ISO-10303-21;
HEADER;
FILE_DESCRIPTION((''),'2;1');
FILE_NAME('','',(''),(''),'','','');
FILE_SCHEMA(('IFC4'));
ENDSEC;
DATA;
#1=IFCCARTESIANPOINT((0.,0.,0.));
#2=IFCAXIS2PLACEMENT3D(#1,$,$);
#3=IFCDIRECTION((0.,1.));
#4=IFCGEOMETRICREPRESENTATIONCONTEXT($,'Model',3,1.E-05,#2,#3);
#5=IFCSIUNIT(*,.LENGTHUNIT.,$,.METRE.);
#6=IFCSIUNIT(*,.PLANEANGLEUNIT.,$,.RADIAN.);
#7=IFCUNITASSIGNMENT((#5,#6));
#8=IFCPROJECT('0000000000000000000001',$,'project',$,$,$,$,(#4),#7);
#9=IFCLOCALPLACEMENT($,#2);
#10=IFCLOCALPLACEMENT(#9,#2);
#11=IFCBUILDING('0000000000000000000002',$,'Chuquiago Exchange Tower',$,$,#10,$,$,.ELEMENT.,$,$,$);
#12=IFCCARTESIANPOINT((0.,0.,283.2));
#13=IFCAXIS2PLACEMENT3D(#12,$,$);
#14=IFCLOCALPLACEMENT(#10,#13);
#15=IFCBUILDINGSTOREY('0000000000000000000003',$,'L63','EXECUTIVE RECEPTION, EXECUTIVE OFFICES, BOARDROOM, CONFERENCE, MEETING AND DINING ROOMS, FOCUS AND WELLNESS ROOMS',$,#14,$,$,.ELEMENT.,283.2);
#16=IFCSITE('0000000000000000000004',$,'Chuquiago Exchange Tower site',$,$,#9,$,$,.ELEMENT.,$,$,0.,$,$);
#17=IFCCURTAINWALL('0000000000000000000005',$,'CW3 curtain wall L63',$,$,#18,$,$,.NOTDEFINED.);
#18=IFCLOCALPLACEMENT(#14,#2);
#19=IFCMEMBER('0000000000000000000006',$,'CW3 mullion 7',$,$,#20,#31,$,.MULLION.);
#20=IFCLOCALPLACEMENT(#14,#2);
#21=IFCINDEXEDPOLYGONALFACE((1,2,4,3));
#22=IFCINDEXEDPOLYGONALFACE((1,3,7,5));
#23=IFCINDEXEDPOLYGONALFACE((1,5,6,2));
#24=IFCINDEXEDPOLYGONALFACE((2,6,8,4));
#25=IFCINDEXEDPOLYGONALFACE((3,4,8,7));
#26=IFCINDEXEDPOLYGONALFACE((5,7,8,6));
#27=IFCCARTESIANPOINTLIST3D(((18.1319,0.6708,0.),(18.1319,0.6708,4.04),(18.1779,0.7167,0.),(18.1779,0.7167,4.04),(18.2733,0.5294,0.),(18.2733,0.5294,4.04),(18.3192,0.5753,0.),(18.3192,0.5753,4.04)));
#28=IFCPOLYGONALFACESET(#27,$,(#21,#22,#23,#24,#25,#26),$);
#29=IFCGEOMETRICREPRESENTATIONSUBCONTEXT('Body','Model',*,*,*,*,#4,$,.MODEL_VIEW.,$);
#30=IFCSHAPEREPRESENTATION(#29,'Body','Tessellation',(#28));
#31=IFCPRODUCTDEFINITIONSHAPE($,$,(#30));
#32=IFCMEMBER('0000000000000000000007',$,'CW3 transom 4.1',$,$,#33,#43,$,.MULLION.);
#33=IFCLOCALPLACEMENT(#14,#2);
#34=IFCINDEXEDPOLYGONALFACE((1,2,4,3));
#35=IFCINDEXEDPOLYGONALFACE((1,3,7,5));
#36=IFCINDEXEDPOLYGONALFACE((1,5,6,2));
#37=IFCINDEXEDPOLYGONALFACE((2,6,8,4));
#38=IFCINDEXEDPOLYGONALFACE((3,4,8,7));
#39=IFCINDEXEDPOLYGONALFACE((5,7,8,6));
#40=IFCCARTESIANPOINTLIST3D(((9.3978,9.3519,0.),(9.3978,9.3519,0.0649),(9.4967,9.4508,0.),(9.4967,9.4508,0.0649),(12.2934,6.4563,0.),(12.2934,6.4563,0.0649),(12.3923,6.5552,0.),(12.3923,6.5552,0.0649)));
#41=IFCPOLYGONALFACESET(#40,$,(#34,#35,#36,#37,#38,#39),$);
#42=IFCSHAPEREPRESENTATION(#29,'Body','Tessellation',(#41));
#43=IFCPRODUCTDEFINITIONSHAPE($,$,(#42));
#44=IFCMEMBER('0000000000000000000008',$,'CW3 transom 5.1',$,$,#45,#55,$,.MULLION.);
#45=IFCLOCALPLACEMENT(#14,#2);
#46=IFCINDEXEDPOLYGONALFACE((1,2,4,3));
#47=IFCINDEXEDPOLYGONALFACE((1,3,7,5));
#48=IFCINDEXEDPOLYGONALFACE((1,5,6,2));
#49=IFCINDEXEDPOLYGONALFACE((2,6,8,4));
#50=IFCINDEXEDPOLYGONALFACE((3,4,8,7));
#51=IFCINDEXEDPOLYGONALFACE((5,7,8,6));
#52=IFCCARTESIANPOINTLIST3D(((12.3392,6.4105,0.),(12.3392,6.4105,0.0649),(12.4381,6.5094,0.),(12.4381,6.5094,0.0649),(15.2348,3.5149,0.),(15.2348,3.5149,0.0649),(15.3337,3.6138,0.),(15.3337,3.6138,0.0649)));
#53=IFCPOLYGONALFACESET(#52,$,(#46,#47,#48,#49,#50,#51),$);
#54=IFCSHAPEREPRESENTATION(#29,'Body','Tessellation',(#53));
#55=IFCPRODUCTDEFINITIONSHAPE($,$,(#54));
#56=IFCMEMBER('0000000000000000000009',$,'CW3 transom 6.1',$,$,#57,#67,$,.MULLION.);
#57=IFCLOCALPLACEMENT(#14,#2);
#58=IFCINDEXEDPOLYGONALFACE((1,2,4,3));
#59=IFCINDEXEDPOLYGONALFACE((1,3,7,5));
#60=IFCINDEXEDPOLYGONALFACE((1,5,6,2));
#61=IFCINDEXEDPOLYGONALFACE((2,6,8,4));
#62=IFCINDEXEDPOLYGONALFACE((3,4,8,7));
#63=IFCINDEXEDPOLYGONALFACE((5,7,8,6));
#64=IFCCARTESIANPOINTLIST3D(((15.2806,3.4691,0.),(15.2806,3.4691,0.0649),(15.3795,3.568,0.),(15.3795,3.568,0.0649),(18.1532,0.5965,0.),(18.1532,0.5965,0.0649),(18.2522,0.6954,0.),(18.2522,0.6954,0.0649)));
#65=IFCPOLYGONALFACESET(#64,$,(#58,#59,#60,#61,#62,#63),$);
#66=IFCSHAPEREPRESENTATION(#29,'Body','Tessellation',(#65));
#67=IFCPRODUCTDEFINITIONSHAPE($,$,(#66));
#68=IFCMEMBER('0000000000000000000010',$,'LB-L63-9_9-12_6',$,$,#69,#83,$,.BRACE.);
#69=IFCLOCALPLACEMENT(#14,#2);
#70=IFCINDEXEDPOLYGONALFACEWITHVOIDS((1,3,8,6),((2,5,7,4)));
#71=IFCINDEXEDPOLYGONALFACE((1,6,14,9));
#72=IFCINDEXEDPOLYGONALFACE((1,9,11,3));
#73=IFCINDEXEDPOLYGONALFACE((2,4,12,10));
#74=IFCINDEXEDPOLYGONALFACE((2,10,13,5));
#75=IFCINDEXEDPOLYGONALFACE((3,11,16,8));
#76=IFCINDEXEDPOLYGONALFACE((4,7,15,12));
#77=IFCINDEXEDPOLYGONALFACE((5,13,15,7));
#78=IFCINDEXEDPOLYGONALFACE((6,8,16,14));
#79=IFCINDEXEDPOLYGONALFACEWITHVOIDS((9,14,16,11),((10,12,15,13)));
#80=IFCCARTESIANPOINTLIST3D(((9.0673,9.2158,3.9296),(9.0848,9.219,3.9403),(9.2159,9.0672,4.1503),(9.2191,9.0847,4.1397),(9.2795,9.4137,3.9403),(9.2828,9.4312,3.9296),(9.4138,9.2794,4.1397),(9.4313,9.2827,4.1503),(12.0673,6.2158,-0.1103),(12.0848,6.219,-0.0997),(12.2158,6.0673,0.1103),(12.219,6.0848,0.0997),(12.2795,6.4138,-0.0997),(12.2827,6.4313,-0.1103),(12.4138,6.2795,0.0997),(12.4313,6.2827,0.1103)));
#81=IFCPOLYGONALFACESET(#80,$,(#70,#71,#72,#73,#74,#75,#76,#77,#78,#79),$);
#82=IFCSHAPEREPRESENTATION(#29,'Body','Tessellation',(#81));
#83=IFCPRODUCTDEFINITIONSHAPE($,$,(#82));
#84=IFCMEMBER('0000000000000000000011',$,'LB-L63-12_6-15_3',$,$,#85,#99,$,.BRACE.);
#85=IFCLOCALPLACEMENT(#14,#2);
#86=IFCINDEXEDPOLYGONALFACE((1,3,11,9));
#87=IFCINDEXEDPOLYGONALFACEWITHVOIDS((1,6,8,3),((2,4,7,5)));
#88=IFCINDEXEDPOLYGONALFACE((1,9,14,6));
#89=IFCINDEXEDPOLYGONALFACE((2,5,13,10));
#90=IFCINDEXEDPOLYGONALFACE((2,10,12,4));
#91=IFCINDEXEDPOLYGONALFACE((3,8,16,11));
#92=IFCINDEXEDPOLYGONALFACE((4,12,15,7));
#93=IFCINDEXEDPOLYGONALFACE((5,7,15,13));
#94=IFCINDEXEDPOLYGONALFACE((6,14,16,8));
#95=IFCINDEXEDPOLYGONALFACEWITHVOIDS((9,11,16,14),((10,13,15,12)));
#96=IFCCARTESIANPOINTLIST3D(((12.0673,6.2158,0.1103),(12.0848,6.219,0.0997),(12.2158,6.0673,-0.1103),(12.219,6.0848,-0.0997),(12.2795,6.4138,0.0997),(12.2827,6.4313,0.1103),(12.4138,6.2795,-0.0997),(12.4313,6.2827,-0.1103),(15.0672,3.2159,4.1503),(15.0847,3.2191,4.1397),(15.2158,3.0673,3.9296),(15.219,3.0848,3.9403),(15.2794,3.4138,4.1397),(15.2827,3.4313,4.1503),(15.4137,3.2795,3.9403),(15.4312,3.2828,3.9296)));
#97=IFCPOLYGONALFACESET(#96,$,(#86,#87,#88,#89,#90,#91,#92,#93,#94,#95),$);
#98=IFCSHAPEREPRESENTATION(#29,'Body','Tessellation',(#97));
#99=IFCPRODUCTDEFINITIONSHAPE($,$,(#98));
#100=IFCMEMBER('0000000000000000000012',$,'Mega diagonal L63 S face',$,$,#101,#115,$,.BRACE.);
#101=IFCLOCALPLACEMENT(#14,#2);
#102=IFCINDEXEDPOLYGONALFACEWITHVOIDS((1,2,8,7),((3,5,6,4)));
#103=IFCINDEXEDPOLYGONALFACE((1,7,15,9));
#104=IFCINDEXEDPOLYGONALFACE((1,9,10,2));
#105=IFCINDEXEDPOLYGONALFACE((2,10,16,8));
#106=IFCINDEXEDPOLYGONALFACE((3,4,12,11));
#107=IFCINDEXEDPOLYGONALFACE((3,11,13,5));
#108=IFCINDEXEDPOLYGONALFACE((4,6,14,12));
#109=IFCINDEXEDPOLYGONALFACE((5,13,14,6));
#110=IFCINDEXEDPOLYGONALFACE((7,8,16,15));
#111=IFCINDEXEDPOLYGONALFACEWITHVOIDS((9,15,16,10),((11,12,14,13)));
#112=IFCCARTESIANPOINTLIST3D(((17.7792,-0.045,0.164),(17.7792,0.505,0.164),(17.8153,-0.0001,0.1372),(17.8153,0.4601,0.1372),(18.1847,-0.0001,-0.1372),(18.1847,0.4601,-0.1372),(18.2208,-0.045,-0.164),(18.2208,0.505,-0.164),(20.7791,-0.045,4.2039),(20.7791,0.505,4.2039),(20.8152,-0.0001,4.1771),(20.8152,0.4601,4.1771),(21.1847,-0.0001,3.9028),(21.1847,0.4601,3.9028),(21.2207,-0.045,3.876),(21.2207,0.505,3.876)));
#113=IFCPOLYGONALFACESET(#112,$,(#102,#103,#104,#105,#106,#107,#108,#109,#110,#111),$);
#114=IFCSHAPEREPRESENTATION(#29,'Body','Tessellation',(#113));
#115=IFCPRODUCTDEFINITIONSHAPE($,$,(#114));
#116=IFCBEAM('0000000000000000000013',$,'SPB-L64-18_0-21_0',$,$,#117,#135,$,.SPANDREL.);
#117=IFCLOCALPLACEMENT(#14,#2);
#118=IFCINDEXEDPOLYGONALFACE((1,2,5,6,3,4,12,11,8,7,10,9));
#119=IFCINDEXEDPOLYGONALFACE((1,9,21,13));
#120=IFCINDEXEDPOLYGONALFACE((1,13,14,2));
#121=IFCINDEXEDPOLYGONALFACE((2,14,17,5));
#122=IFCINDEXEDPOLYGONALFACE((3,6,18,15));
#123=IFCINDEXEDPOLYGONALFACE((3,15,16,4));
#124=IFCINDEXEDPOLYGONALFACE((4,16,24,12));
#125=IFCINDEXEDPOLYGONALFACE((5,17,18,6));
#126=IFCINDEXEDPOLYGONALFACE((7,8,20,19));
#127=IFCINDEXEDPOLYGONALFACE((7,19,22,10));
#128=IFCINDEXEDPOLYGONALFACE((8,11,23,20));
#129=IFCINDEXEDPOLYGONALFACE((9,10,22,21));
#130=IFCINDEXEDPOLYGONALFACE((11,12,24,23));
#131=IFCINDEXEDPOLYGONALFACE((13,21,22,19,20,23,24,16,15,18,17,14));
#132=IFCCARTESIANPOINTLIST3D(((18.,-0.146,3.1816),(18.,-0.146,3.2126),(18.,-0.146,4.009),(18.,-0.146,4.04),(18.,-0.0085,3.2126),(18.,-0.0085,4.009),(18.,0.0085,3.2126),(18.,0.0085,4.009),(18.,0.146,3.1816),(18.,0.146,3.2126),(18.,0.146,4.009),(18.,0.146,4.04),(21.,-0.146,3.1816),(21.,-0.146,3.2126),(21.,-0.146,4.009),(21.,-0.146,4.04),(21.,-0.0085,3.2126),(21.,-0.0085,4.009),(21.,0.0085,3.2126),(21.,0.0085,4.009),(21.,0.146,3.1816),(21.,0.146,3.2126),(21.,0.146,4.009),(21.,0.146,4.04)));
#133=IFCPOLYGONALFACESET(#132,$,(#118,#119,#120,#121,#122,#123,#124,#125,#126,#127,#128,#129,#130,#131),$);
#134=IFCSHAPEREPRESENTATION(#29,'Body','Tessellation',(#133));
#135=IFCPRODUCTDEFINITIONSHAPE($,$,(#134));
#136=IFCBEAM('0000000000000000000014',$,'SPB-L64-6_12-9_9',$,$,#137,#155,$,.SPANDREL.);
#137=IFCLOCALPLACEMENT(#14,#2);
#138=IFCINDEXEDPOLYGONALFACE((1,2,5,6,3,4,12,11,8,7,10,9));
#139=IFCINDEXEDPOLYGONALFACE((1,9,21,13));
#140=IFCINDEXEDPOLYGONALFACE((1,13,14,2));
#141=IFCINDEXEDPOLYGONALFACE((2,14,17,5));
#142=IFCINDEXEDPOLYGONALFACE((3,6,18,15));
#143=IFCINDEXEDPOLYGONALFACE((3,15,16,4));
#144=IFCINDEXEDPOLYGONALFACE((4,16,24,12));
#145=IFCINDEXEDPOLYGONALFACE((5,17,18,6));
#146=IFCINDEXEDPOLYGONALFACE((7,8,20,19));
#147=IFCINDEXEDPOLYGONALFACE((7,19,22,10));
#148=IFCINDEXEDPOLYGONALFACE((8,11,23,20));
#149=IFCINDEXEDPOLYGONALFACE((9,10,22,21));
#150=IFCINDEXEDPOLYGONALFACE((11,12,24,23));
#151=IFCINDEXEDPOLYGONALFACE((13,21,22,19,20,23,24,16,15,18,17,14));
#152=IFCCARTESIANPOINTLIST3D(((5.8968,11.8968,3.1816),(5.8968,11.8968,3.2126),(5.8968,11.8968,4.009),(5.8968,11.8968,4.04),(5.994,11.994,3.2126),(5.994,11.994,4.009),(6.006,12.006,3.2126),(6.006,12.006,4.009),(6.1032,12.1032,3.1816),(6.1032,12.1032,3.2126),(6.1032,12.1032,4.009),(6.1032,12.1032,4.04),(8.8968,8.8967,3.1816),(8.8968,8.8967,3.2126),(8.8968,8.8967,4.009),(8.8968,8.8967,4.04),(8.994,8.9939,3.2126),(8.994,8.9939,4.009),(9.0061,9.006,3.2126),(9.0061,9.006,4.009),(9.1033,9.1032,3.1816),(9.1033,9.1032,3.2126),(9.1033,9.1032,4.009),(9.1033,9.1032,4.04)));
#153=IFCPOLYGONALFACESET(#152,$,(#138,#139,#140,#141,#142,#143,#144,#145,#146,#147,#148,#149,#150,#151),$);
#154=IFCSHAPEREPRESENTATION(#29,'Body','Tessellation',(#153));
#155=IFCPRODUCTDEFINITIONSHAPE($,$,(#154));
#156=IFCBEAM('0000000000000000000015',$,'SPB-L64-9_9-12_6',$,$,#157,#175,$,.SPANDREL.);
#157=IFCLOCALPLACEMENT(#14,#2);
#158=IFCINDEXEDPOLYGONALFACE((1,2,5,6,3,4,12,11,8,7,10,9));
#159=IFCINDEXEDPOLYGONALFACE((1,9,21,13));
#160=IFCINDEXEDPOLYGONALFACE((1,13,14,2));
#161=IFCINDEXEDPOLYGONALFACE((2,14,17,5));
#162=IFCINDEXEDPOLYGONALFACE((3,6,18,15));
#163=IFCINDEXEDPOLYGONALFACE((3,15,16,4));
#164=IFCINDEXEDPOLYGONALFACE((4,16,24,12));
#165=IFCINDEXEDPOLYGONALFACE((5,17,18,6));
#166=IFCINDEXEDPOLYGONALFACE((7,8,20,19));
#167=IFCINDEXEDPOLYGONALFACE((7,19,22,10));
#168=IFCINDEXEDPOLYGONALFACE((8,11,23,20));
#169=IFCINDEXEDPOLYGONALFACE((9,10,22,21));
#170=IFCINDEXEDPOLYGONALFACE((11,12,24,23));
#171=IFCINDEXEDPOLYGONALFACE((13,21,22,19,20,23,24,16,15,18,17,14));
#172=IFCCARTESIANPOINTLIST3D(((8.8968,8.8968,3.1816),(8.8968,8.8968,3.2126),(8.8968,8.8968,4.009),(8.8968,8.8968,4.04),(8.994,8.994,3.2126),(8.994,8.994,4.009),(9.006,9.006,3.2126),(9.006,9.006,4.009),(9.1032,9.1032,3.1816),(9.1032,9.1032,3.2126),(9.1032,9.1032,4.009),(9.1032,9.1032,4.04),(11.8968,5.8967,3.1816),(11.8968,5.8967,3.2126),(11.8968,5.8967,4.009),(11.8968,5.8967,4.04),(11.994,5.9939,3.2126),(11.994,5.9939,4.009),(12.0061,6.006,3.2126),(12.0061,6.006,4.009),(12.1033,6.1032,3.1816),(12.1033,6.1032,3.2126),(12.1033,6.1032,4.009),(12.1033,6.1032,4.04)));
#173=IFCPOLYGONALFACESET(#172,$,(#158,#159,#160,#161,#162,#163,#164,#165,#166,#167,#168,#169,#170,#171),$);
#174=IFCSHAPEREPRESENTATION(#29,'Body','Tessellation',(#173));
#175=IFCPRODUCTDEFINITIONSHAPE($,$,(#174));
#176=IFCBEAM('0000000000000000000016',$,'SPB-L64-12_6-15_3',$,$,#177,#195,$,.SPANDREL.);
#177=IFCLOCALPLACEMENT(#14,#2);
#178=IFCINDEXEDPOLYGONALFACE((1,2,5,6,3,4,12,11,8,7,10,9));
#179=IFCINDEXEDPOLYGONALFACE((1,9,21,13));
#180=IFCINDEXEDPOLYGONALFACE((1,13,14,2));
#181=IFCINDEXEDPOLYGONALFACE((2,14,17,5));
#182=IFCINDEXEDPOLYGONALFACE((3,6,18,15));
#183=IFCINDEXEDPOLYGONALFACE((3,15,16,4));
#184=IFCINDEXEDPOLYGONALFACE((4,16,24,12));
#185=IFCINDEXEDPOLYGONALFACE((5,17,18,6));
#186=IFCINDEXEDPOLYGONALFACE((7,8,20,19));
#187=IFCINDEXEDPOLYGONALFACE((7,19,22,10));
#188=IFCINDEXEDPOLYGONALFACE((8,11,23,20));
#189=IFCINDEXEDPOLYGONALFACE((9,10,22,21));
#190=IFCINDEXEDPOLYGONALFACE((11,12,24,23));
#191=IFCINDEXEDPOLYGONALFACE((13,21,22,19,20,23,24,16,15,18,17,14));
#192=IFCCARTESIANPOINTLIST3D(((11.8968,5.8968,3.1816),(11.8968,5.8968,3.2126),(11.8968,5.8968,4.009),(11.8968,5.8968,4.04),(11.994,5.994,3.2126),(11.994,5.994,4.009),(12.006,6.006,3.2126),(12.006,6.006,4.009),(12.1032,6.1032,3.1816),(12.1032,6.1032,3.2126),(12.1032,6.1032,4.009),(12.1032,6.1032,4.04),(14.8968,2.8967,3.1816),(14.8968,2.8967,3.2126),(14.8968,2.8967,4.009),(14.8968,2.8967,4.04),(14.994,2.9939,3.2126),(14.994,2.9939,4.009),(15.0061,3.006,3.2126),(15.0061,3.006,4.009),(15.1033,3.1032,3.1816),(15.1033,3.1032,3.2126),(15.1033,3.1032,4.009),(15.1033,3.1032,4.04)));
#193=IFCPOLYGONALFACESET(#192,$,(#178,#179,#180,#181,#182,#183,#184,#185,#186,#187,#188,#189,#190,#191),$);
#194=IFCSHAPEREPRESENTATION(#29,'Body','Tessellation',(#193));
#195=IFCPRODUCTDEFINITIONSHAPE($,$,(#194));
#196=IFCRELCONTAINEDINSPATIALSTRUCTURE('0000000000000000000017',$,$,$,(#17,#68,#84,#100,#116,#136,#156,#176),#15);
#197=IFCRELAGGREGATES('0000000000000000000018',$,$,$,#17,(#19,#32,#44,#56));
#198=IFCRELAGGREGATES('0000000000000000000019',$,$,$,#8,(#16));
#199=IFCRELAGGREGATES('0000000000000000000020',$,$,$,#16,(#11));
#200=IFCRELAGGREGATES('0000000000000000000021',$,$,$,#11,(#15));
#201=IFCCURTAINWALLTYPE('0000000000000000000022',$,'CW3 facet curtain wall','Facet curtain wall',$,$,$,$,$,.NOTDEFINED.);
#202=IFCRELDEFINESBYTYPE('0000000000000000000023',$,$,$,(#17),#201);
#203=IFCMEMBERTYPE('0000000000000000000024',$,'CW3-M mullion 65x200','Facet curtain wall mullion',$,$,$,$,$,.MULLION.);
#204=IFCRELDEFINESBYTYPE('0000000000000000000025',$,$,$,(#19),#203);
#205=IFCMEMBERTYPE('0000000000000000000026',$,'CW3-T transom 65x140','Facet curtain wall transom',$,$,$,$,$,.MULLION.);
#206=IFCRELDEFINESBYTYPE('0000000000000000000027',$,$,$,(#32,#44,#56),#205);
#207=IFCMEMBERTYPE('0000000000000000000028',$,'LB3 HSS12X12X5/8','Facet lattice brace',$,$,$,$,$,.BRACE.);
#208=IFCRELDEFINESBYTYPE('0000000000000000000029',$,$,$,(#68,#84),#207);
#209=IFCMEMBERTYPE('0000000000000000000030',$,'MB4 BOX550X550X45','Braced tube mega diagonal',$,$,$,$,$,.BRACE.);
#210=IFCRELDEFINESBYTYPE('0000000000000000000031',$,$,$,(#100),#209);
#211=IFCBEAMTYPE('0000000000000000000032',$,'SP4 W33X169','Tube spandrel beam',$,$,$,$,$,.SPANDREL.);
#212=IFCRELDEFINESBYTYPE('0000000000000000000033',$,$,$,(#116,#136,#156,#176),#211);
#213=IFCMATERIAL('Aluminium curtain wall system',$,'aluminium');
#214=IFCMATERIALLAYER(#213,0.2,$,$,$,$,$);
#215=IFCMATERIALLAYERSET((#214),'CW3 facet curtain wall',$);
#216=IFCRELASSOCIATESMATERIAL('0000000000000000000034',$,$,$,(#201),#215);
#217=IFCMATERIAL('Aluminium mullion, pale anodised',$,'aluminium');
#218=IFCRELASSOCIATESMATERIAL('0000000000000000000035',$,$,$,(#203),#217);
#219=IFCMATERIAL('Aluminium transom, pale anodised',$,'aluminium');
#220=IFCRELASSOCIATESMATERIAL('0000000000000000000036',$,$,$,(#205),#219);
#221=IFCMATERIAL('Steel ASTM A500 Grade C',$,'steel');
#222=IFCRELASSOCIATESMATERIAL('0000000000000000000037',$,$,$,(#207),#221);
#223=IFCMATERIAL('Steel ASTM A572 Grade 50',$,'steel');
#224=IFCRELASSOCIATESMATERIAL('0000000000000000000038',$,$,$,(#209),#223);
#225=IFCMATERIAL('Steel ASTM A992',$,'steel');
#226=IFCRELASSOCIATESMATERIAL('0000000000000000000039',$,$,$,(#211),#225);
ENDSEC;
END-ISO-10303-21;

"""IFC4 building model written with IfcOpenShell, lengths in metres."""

from ifc_helpers import new_model, si_unit, direction, frame, origin, origin_2d, place, context, subcontext, project, spatial, rectangle, hollow_rectangle, i_section, extrude, material, layer, layer_set, material_profile, profile_set, type_object, element, aggregate, save


model = new_model("IFC4")

# Units and contexts
model_context = context("Model", 3, precision=1e-05, world=origin(), true_north=direction((0.0, 1.0)))
body_context = subcontext(model_context, "Body", "Model", "MODEL_VIEW")
ifc_project = project(units=[si_unit("LENGTHUNIT", "METRE"), si_unit("PLANEANGLEUNIT", "RADIAN")], contexts=[model_context])

# Site, building, storey
site_placement = place(None, origin())
site = spatial("IfcSite", under=ifc_project, at=site_placement, Name="Chuquiago Exchange Tower site", CompositionType="ELEMENT", RefElevation=0.0)
building_placement = place(site_placement, origin())
building = spatial("IfcBuilding", under=site, at=building_placement, Name="Chuquiago Exchange Tower", CompositionType="ELEMENT")
storey_placement = place(building_placement, frame((0.0, 0.0, 283.2)))
storey = spatial("IfcBuildingStorey", under=building, at=storey_placement, Name="L63", Description="EXECUTIVE RECEPTION, EXECUTIVE OFFICES, BOARDROOM, CONFERENCE, MEETING AND DINING ROOMS, FOCUS AND WELLNESS ROOMS", CompositionType="ELEMENT", Elevation=283.2)

# Curtain wall, members
ifc_material_1 = material(Name="Aluminium curtain wall system", Category="aluminium")
ifc_layer_1 = layer(ifc_material_1, 0.2)
ifc_layer_set_1 = layer_set([ifc_layer_1], Name="CW3 facet curtain wall")
curtain_wall_type = type_object("IfcCurtainWallType", Name="CW3 facet curtain wall", Description="Facet curtain wall", PredefinedType="NOTDEFINED", material=ifc_layer_set_1)
curtain_wall_placement = place(storey_placement, origin())
curtain_wall = element("IfcCurtainWall", 1, at=curtain_wall_placement, inside=storey, type_object=curtain_wall_type, Name="CW3 curtain wall L63", PredefinedType="NOTDEFINED")
ifc_material_2 = material(Name="Aluminium mullion, pale anodised", Category="aluminium")
ifc_material_profile_1 = material_profile(ifc_material_2, rectangle(XDim=0.0649, YDim=0.2, at=origin_2d()), Name="AL 65x200")
ifc_profile_set_1 = profile_set([ifc_material_profile_1], Name="Aluminium mullion, pale anodised")
member_type_1 = type_object("IfcMemberType", Name="CW3-M mullion 65x200", Description="Facet curtain wall mullion", PredefinedType="MULLION", material=ifc_profile_set_1)
member_1_placement = place(storey_placement, frame((18.2256, 0.623, 0.0), z_axis=(0.0, 0.0, 1.0), x_axis=(0.707107, 0.707107, 0.0)))
member_1 = element("IfcMember", 2, at=member_1_placement, type_object=member_type_1, Name="CW3 mullion 7", PredefinedType="MULLION", context=body_context, shape_type="SweptSolid", body=[
    extrude(rectangle(XDim=0.0649, YDim=0.2, at=origin_2d()), origin(), (0.0, 0.0, 1.0), 4.04),
])
ifc_material_3 = material(Name="Aluminium transom, pale anodised", Category="aluminium")
ifc_material_profile_2 = material_profile(ifc_material_3, rectangle(XDim=0.1399, YDim=0.0649, at=origin_2d()), Name="AL 140x65")
ifc_profile_set_2 = profile_set([ifc_material_profile_2], Name="Aluminium transom, pale anodised")
member_type_2 = type_object("IfcMemberType", Name="CW3-T transom 65x140", Description="Facet curtain wall transom", PredefinedType="MULLION", material=ifc_profile_set_2)
member_2_placement = place(storey_placement, frame((9.4473, 9.4014, 0.0325), z_axis=(0.707107, -0.707107, 0.0), x_axis=(0.707107, 0.707107, 0.0)))
member_2 = element("IfcMember", 3, at=member_2_placement, type_object=member_type_2, Name="CW3 transom 4.1", PredefinedType="MULLION", context=body_context, shape_type="SweptSolid", body=[
    extrude(rectangle(XDim=0.1399, YDim=0.0649, at=origin_2d()), origin(), (0.0, 0.0, 1.0), 4.095),
])
member_3_placement = place(storey_placement, frame((12.3887, 6.46, 0.0325), z_axis=(0.707107, -0.707107, 0.0), x_axis=(0.707107, 0.707107, 0.0)))
member_3 = element("IfcMember", 4, at=member_3_placement, type_object=member_type_2, Name="CW3 transom 5.1", PredefinedType="MULLION", context=body_context, shape_type="SweptSolid", body=[
    extrude(rectangle(XDim=0.1399, YDim=0.0649, at=origin_2d()), origin(), (0.0, 0.0, 1.0), 4.095),
])
member_4_placement = place(storey_placement, frame((15.3301, 3.5186, 0.0325), z_axis=(0.707107, -0.707107, 0.0), x_axis=(0.707107, 0.707107, 0.0)))
member_4 = element("IfcMember", 5, at=member_4_placement, type_object=member_type_2, Name="CW3 transom 6.1", PredefinedType="MULLION", context=body_context, shape_type="SweptSolid", body=[
    extrude(rectangle(XDim=0.1399, YDim=0.0649, at=origin_2d()), origin(), (0.0, 0.0, 1.0), 4.0625),
])

# Members
ifc_material_4 = material(Name="Steel ASTM A500 Grade C", Category="steel")
ifc_material_profile_3 = material_profile(ifc_material_4, hollow_rectangle(XDim=0.3047, YDim=0.3047, WallThickness=0.0146, at=origin_2d()), Name="HSS12X12X5/8")
ifc_profile_set_3 = profile_set([ifc_material_profile_3], Name="Steel ASTM A500 Grade C")
member_type_3 = type_object("IfcMemberType", Name="LB3 HSS12X12X5/8", Description="Facet lattice brace", PredefinedType="BRACE", material=ifc_profile_set_3)
for number, where, z_axis, x_axis, name in (
    (6, (12.2493, 6.2493, 0.0), (-0.512077, 0.512077, 0.689604), (-0.707107, -0.707107, 0.0), "LB-L63-9_9-12_6"),
    (7, (12.2493, 6.2493, 0.0), (0.512077, -0.512077, 0.689604), (0.707107, 0.707107, 0.0), "LB-L63-12_6-15_3"),
):
    element("IfcMember", number, at=place(storey_placement, frame(where, z_axis=z_axis, x_axis=x_axis)), inside=storey, type_object=member_type_3, Name=name, PredefinedType="BRACE", context=body_context, shape_type="SweptSolid", body=[
        extrude(hollow_rectangle(XDim=0.3047, YDim=0.3047, WallThickness=0.0146, at=origin_2d()), origin(), (0.0, 0.0, 1.0), 5.8584),
    ])
ifc_material_5 = material(Name="Steel ASTM A572 Grade 50", Category="steel")
ifc_material_profile_4 = material_profile(ifc_material_5, hollow_rectangle(XDim=0.55, YDim=0.55, WallThickness=0.0449, at=origin_2d()), Name="BOX550X550X45")
ifc_profile_set_4 = profile_set([ifc_material_profile_4], Name="Steel ASTM A572 Grade 50")
member_type_4 = type_object("IfcMemberType", Name="MB4 BOX550X550X45", Description="Braced tube mega diagonal", PredefinedType="BRACE", material=ifc_profile_set_4)
member_5_placement = place(storey_placement, frame((18.0, 0.23, 0.0), z_axis=(0.596174, 0.0, 0.802855), x_axis=(0.0, 1.0, 0.0)))
element("IfcMember", 8, at=member_5_placement, inside=storey, type_object=member_type_4, Name="Mega diagonal L63 S face", PredefinedType="BRACE", context=body_context, shape_type="SweptSolid", body=[
    extrude(hollow_rectangle(XDim=0.55, YDim=0.55, WallThickness=0.0449, at=origin_2d()), origin(), (0.0, 0.0, 1.0), 5.032),
])

# Beams
ifc_material_6 = material(Name="Steel ASTM A992", Category="steel")
ifc_material_profile_5 = material_profile(ifc_material_6, i_section(OverallWidth=0.292, OverallDepth=0.8584, WebThickness=0.0171, FlangeThickness=0.031, at=origin_2d()), Name="W33X169")
ifc_profile_set_5 = profile_set([ifc_material_profile_5], Name="Steel ASTM A992")
beam_type_1 = type_object("IfcBeamType", Name="SP4 W33X169", Description="Tube spandrel beam", PredefinedType="SPANDREL", material=ifc_profile_set_5)
beam_1_placement = place(storey_placement, frame((18.0, 0.0, 3.6108), z_axis=(1.0, 0.0, 0.0), x_axis=(0.0, 1.0, 0.0)))
element("IfcBeam", 9, at=beam_1_placement, inside=storey, type_object=beam_type_1, Name="SPB-L64-18_0-21_0", PredefinedType="SPANDREL", context=body_context, shape_type="SweptSolid", body=[
    extrude(i_section(OverallWidth=0.292, OverallDepth=0.8584, WebThickness=0.0171, FlangeThickness=0.031, at=origin_2d()), origin(), (0.0, 0.0, 1.0), 3.0),
])
for number, where, z_axis, x_axis, name in (
    (10, (6.0, 12.0, 3.6108), (0.707107, -0.707107, 0.0), (0.707107, 0.707107, 0.0), "SPB-L64-6_12-9_9"),
    (11, (9.0, 9.0, 3.6108), (0.707107, -0.707107, 0.0), (0.707107, 0.707107, 0.0), "SPB-L64-9_9-12_6"),
    (12, (12.0, 6.0, 3.6108), (0.707107, -0.707107, 0.0), (0.707107, 0.707107, 0.0), "SPB-L64-12_6-15_3"),
):
    element("IfcBeam", number, at=place(storey_placement, frame(where, z_axis=z_axis, x_axis=x_axis)), inside=storey, type_object=beam_type_1, Name=name, PredefinedType="SPANDREL", context=body_context, shape_type="SweptSolid", body=[
        extrude(i_section(OverallWidth=0.292, OverallDepth=0.8584, WebThickness=0.0171, FlangeThickness=0.031, at=origin_2d()), origin(), (0.0, 0.0, 1.0), 4.2427),
    ])

aggregate(curtain_wall, [member_1, member_2, member_3, member_4])

save(model, "model.ifc")
